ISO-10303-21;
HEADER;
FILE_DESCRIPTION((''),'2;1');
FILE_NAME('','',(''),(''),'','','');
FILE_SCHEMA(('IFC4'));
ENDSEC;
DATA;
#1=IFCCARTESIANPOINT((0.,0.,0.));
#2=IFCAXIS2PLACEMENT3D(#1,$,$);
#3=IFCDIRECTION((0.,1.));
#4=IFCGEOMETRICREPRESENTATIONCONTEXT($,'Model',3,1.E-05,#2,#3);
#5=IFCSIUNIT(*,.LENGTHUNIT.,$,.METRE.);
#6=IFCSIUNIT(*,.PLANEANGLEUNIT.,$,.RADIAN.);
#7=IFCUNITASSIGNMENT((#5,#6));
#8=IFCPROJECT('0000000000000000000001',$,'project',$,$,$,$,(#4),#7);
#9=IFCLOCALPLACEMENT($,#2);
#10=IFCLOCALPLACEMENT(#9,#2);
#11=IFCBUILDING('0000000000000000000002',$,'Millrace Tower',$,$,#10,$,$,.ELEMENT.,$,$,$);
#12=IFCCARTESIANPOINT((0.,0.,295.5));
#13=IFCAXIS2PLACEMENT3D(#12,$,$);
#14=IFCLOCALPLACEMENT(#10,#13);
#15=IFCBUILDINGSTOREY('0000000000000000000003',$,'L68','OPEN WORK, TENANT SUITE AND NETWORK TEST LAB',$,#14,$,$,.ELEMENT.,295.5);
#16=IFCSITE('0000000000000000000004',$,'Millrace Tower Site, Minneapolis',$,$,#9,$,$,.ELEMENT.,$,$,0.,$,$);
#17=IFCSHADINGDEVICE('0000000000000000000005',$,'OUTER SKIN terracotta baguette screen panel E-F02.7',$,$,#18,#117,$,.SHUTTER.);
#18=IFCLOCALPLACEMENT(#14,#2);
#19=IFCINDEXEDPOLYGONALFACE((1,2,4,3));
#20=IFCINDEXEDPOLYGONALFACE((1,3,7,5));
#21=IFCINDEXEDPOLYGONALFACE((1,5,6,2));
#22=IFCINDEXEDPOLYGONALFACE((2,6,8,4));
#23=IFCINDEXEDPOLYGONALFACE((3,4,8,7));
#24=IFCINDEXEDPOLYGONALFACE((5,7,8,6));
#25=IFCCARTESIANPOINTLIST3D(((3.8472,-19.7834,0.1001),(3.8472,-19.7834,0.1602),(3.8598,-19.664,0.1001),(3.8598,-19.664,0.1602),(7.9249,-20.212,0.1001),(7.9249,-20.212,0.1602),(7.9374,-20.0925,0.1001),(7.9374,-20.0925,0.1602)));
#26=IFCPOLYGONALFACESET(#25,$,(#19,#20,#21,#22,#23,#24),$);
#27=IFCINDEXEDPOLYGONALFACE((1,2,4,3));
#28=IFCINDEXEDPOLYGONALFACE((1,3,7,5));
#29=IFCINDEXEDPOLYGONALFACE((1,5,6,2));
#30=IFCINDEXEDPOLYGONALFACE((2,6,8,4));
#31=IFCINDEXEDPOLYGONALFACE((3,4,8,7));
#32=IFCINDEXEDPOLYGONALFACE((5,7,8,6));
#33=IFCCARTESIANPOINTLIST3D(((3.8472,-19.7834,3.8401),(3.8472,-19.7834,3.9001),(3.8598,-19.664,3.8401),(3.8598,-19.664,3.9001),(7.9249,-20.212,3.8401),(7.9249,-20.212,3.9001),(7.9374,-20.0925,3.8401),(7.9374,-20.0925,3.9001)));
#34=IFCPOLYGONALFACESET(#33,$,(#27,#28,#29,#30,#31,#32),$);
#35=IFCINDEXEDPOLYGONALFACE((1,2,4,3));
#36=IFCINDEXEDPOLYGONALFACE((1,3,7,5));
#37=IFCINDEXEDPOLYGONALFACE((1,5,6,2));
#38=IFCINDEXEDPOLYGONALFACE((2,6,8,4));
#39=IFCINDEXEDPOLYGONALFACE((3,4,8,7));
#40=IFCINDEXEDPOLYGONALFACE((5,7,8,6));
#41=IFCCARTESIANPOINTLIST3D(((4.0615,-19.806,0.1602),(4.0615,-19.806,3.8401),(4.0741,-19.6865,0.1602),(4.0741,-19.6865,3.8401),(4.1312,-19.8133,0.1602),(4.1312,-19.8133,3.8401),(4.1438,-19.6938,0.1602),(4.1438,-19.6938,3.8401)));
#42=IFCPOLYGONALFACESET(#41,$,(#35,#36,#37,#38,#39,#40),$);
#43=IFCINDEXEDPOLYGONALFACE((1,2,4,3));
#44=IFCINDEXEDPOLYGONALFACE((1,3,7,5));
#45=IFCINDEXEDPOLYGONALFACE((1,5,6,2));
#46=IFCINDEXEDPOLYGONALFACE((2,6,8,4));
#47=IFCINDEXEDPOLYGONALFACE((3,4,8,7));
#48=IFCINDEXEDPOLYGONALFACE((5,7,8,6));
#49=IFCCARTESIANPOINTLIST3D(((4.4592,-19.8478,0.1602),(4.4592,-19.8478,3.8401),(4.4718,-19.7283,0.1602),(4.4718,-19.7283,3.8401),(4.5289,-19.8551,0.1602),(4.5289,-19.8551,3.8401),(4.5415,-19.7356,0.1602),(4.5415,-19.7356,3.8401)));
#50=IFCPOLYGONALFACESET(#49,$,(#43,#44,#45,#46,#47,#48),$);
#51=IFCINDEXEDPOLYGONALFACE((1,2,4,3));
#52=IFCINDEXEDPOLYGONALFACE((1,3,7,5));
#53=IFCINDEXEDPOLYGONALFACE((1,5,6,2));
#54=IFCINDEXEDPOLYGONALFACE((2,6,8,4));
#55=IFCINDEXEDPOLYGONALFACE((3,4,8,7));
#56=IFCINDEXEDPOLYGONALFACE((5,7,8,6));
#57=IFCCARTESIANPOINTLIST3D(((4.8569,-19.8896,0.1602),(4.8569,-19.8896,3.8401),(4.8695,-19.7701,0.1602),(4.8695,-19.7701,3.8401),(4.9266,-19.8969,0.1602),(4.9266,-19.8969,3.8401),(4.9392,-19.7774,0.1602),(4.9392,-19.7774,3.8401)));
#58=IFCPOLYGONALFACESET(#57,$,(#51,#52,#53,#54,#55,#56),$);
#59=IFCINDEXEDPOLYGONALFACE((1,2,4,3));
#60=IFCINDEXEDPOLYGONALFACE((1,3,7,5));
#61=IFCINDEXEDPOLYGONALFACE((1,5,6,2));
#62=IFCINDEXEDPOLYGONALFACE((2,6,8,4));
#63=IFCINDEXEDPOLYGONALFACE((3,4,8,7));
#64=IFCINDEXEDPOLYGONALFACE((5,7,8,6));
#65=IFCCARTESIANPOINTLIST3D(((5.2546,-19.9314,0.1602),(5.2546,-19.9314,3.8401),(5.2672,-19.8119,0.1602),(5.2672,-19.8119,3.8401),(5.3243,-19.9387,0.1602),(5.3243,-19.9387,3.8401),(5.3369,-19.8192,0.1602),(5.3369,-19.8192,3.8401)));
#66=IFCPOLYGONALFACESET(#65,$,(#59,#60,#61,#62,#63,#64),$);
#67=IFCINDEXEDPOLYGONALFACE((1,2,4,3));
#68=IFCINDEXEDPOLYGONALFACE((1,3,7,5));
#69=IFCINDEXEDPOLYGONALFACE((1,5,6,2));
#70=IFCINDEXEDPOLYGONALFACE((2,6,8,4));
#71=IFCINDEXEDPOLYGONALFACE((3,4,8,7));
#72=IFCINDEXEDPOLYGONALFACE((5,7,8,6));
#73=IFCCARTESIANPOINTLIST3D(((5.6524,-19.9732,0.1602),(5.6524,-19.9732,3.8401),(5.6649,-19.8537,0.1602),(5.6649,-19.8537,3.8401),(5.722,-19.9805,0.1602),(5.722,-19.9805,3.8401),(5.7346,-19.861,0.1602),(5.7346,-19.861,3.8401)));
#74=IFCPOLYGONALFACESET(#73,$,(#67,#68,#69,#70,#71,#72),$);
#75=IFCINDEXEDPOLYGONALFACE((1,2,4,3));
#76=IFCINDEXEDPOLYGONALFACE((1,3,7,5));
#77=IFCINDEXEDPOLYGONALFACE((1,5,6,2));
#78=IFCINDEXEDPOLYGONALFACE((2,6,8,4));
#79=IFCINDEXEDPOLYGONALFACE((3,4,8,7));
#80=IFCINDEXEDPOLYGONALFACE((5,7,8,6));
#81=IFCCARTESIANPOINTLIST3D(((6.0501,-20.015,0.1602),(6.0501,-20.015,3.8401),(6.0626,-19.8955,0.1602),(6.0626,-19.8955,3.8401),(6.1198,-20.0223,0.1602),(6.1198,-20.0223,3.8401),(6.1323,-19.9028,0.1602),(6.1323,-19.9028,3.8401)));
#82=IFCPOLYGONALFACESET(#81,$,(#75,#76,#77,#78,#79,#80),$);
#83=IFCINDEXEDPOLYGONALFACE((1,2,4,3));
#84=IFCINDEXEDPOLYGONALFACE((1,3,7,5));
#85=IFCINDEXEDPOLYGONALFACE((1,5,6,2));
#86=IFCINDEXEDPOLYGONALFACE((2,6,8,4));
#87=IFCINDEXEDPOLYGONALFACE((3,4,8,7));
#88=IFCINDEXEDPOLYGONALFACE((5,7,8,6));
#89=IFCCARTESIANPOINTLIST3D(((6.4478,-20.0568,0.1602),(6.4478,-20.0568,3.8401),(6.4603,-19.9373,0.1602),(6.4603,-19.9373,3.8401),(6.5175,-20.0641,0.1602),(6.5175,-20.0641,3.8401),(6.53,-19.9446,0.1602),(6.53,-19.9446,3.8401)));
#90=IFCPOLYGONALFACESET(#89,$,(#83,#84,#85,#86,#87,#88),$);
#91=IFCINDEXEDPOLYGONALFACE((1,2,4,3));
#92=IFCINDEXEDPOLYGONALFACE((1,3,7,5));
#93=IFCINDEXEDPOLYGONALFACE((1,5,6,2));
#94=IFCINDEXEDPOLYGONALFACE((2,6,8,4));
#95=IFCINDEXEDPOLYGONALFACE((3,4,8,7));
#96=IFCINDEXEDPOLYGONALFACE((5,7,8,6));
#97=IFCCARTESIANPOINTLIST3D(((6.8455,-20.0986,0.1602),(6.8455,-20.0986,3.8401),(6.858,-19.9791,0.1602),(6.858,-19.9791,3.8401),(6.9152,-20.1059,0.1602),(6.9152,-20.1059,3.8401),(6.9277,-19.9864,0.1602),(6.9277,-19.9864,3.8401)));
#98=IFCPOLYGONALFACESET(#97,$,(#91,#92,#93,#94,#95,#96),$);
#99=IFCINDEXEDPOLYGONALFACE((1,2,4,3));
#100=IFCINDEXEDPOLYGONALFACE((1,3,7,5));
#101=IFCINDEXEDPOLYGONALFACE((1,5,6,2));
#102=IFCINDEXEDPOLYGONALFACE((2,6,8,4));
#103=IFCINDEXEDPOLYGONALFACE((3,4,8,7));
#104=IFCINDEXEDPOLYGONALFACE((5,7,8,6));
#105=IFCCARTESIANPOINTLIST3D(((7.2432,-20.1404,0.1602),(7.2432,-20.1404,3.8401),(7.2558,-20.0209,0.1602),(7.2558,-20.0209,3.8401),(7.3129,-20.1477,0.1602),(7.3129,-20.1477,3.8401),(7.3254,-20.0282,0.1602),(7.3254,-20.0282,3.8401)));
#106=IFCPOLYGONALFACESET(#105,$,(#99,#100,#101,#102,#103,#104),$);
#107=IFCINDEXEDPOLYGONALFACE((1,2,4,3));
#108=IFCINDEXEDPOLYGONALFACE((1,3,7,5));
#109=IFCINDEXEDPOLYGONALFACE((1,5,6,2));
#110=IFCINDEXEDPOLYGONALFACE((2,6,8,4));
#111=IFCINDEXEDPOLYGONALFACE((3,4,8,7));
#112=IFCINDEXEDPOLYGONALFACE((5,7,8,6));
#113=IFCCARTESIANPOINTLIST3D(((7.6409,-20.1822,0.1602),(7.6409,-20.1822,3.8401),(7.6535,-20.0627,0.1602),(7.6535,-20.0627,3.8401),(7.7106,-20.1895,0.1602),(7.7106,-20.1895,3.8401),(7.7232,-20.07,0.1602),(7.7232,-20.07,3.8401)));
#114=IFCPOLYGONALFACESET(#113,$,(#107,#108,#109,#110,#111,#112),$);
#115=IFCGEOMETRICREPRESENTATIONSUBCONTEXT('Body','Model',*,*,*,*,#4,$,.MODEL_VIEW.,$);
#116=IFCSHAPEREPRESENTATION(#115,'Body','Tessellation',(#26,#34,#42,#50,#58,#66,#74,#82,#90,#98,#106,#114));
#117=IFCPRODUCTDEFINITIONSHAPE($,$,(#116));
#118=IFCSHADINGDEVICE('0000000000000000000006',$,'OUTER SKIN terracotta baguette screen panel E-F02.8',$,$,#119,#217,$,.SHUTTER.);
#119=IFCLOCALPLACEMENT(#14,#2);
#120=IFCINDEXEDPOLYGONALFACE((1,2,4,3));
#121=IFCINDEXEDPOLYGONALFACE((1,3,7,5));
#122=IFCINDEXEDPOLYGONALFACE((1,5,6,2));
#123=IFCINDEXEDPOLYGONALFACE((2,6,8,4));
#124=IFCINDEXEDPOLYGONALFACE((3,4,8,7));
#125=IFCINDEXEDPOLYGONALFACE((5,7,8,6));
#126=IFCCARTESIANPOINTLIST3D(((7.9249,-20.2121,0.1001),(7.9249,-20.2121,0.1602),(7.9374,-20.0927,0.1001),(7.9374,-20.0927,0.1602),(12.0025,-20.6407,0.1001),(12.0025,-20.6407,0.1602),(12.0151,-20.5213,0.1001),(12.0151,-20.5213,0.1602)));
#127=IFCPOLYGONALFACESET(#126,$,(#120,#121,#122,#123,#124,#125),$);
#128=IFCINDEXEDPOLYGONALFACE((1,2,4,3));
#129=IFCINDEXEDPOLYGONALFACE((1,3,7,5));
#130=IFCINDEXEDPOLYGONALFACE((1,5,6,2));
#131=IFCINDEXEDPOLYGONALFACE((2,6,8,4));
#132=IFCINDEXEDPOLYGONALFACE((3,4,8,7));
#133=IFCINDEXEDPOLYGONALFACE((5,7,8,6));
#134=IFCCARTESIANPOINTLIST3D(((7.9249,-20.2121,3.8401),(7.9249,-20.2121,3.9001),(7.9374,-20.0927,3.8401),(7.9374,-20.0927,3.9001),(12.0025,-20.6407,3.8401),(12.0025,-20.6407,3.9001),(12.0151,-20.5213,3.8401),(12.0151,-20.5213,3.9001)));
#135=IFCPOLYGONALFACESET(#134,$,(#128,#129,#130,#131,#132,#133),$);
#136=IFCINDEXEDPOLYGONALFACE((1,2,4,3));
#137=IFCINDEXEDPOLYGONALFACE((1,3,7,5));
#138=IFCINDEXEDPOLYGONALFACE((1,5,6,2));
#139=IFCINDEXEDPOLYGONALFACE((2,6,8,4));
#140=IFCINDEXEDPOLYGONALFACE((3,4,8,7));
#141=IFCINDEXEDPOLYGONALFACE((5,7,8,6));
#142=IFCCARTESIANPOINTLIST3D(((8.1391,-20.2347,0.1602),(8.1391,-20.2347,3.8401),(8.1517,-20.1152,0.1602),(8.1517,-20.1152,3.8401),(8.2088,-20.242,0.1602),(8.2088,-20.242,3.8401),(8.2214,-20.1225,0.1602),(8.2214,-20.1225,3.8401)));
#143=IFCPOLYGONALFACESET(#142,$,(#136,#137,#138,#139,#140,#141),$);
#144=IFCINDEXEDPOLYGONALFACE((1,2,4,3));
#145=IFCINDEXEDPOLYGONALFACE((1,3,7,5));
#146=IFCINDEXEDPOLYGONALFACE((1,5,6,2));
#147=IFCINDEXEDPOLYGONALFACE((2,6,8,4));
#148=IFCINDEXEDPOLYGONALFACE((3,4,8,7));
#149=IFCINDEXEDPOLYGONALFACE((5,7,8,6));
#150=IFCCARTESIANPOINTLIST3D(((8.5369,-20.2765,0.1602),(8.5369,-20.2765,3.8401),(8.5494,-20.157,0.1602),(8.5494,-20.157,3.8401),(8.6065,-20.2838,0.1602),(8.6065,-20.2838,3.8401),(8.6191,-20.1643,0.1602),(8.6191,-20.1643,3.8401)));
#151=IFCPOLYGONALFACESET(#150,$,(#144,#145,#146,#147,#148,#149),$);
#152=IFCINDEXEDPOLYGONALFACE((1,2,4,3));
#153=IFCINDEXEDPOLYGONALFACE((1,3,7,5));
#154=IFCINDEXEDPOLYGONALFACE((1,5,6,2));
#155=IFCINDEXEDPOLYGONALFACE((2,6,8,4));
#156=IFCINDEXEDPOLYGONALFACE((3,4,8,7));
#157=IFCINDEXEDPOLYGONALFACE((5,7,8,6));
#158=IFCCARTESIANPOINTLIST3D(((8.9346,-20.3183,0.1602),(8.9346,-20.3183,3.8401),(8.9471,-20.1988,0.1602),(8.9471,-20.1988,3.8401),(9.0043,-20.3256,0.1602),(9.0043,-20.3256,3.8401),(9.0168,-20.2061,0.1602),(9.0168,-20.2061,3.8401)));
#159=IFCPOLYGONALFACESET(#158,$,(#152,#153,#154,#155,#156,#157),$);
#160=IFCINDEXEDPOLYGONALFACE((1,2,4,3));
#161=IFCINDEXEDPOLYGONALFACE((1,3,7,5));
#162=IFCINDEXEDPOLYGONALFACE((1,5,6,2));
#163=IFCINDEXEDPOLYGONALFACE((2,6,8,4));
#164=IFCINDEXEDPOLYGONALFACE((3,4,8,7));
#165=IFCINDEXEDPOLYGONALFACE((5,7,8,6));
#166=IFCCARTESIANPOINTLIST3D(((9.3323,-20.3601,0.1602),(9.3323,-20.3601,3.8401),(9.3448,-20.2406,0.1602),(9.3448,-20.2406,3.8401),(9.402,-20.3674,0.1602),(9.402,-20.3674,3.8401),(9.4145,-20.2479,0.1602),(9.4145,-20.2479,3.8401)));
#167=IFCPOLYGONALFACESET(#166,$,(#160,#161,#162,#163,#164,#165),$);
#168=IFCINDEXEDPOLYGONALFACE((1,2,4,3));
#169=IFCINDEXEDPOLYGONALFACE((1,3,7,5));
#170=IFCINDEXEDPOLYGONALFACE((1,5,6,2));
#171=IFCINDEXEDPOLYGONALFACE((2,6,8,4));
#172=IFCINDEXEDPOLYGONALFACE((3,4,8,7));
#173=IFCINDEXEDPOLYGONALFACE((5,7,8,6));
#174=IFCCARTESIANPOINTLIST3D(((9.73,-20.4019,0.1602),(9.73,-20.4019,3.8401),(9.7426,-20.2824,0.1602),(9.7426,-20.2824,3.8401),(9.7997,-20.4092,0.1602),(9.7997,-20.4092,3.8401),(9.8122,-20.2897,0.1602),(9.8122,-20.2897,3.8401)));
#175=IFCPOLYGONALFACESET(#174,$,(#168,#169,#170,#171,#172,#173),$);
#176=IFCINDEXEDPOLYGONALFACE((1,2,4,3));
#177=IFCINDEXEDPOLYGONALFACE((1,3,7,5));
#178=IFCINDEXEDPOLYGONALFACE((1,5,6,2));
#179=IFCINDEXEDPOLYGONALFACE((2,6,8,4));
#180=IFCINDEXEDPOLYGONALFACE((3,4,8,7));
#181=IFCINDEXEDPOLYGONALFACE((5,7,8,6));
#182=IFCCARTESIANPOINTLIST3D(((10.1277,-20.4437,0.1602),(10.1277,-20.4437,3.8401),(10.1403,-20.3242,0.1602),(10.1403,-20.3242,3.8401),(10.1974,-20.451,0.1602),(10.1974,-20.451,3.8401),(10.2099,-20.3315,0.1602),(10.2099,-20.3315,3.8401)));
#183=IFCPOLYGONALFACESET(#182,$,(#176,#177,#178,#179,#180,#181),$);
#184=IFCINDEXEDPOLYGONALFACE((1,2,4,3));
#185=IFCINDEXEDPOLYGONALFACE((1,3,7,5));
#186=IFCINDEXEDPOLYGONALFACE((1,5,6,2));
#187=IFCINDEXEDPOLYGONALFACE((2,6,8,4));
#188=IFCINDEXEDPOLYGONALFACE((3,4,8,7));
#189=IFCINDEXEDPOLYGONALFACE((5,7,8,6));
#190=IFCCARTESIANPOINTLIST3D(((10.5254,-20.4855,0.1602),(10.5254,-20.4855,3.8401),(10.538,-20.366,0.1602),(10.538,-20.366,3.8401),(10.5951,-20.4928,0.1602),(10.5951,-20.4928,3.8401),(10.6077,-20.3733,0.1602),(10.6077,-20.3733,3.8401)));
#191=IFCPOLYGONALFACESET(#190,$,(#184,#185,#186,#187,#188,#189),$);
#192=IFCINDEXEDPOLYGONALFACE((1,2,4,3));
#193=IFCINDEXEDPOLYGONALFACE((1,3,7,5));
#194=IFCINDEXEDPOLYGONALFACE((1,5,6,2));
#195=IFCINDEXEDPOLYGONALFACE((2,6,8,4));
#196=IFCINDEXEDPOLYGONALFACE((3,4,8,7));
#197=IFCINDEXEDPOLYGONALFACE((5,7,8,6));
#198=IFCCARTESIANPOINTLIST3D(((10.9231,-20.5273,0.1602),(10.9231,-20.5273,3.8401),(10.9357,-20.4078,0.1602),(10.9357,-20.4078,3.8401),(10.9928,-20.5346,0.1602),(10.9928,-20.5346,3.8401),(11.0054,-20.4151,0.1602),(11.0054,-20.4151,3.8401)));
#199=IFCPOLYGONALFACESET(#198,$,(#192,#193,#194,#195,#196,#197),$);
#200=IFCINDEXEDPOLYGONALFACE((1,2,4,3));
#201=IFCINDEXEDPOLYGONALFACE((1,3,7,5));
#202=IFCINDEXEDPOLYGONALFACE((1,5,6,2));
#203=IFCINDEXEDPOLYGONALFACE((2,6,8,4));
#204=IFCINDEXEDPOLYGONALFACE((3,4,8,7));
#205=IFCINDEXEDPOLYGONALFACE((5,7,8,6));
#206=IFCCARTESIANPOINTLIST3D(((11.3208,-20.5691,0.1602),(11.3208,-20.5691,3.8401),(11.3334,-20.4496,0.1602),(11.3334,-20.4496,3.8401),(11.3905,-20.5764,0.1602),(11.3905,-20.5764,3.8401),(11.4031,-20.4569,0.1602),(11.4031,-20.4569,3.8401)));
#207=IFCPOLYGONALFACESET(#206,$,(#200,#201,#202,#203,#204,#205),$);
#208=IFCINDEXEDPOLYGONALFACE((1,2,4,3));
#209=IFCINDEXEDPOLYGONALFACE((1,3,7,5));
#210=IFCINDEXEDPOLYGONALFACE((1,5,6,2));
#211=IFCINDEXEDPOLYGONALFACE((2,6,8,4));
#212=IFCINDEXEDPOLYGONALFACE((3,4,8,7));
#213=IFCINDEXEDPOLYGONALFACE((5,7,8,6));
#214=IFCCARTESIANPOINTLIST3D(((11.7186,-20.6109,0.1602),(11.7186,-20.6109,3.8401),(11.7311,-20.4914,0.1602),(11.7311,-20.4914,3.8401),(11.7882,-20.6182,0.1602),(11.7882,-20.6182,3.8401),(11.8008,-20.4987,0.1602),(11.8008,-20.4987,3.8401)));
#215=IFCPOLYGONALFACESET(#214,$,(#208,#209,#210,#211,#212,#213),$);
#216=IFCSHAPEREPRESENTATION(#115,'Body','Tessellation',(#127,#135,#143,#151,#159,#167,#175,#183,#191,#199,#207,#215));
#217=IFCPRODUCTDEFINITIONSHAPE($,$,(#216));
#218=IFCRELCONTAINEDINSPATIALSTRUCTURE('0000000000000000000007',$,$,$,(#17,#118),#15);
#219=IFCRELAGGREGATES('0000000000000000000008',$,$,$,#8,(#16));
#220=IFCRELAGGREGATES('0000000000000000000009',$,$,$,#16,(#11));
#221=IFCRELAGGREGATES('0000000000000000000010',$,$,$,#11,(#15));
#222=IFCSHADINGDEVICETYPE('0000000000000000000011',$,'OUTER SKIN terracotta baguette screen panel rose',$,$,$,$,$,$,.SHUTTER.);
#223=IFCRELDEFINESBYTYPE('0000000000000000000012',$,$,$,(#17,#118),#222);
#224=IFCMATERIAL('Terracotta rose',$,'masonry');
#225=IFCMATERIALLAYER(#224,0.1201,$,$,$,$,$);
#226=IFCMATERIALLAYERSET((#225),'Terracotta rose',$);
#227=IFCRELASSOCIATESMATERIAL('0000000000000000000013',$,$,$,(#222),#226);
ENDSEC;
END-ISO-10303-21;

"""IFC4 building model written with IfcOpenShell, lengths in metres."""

from ifc_helpers import new_model, entity, si_unit, direction, frame, frame_2d, origin, place, context, subcontext, project, spatial, rectangle, extrude, source, transform, mapped, material, layer, layer_set, type_object, element, save


model = new_model("IFC4")

# Units and contexts
model_context = context("Model", 3, precision=1e-05, world=origin(), true_north=direction((0.0, 1.0)))
body_context = subcontext(model_context, "Body", "Model", "MODEL_VIEW")
ifc_project = project(units=[si_unit("LENGTHUNIT", "METRE"), si_unit("PLANEANGLEUNIT", "RADIAN")], contexts=[model_context])

# Site, building, storey
site_placement = place(None, origin())
site = spatial("IfcSite", under=ifc_project, at=site_placement, Name="Millrace Tower Site, Minneapolis", CompositionType="ELEMENT", RefElevation=0.0)
building_placement = place(site_placement, origin())
building = spatial("IfcBuilding", under=site, at=building_placement, Name="Millrace Tower", CompositionType="ELEMENT")
storey_placement = place(building_placement, frame((0.0, 0.0, 295.5)))
storey = spatial("IfcBuildingStorey", under=building, at=storey_placement, Name="L68", Description="OPEN WORK, TENANT SUITE AND NETWORK TEST LAB", CompositionType="ELEMENT", Elevation=295.5)

# Shading devices
ifc_material_1 = material(Name="Terracotta rose", Category="masonry")
ifc_layer_1 = layer(ifc_material_1, 0.1201)
ifc_layer_set_1 = layer_set([ifc_layer_1], Name="Terracotta rose")
shading_device_type = type_object("IfcShadingDeviceType", Name="OUTER SKIN terracotta baguette screen panel rose", PredefinedType="SHUTTER", material=ifc_layer_set_1)
cartesian_point = entity("IfcCartesianPoint", [-2.05, 0.0601])
shared_polyline = entity("IfcPolyline", [cartesian_point, entity("IfcCartesianPoint", [2.05, 0.0601]), entity("IfcCartesianPoint", [2.05, -0.0601]), entity("IfcCartesianPoint", [-2.05, -0.0601]), cartesian_point])
shared_shape = source(origin(), body_context, "Body", "SweptSolid", [
    entity("IfcExtrudedAreaSolid", entity("IfcArbitraryClosedProfileDef", "AREA", None, shared_polyline), entity("IfcAxis2Placement3D", entity("IfcCartesianPoint", [0.0, 0.0, 0.0])), entity("IfcDirection", [0.0, 0.0, 1.0]), 0.0601),
    entity("IfcExtrudedAreaSolid", entity("IfcArbitraryClosedProfileDef", "AREA", None, shared_polyline), entity("IfcAxis2Placement3D", entity("IfcCartesianPoint", [0.0, 0.0, 3.74])), entity("IfcDirection", [0.0, 0.0, 1.0]), 0.0601),
    extrude(rectangle(XDim=0.0701, YDim=0.1201, at=frame_2d((-1.7996, 0.0))), frame((0.0, 0.0, 0.0601)), (0.0, 0.0, 1.0), 3.6799),
    extrude(rectangle(XDim=0.0701, YDim=0.1201, at=frame_2d((-1.3997, 0.0))), frame((0.0, 0.0, 0.0601)), (0.0, 0.0, 1.0), 3.6799),
    extrude(rectangle(XDim=0.0701, YDim=0.1201, at=frame_2d((-0.9998, 0.0))), frame((0.0, 0.0, 0.0601)), (0.0, 0.0, 1.0), 3.6799),
    extrude(rectangle(XDim=0.0701, YDim=0.1201, at=frame_2d((-0.5999, 0.0))), frame((0.0, 0.0, 0.0601)), (0.0, 0.0, 1.0), 3.6799),
    extrude(rectangle(XDim=0.0701, YDim=0.1201, at=frame_2d((-0.2, 0.0))), frame((0.0, 0.0, 0.0601)), (0.0, 0.0, 1.0), 3.6799),
    extrude(rectangle(XDim=0.0701, YDim=0.1201, at=frame_2d((0.2, 0.0))), frame((0.0, 0.0, 0.0601)), (0.0, 0.0, 1.0), 3.6799),
    extrude(rectangle(XDim=0.0701, YDim=0.1201, at=frame_2d((0.5999, 0.0))), frame((0.0, 0.0, 0.0601)), (0.0, 0.0, 1.0), 3.6799),
    extrude(rectangle(XDim=0.0701, YDim=0.1201, at=frame_2d((0.9998, 0.0))), frame((0.0, 0.0, 0.0601)), (0.0, 0.0, 1.0), 3.6799),
    extrude(rectangle(XDim=0.0701, YDim=0.1201, at=frame_2d((1.3997, 0.0))), frame((0.0, 0.0, 0.0601)), (0.0, 0.0, 1.0), 3.6799),
    extrude(rectangle(XDim=0.0701, YDim=0.1201, at=frame_2d((1.7996, 0.0))), frame((0.0, 0.0, 0.0601)), (0.0, 0.0, 1.0), 3.6799),
])
for number, where, z_axis, x_axis, name in (
    (1, (5.8923, -19.938, 0.1001), (0.0, 0.0, 1.0), (0.994522, -0.104528, 0.0), "OUTER SKIN terracotta baguette screen panel E-F02.7"),
    (2, (9.97, -20.3667, 0.1001), (0.0, 0.0, 1.0), (0.994522, -0.104528, 0.0), "OUTER SKIN terracotta baguette screen panel E-F02.8"),
):
    element("IfcShadingDevice", number, at=place(storey_placement, frame(where, z_axis=z_axis, x_axis=x_axis)), inside=storey, type_object=shading_device_type, Name=name, PredefinedType="SHUTTER", context=body_context, shape_type="MappedRepresentation", body=[
        mapped(shared_shape, transform((0.0, 0.0, 0.0), scale=1.0)),
    ])

save(model, "model.ifc")
